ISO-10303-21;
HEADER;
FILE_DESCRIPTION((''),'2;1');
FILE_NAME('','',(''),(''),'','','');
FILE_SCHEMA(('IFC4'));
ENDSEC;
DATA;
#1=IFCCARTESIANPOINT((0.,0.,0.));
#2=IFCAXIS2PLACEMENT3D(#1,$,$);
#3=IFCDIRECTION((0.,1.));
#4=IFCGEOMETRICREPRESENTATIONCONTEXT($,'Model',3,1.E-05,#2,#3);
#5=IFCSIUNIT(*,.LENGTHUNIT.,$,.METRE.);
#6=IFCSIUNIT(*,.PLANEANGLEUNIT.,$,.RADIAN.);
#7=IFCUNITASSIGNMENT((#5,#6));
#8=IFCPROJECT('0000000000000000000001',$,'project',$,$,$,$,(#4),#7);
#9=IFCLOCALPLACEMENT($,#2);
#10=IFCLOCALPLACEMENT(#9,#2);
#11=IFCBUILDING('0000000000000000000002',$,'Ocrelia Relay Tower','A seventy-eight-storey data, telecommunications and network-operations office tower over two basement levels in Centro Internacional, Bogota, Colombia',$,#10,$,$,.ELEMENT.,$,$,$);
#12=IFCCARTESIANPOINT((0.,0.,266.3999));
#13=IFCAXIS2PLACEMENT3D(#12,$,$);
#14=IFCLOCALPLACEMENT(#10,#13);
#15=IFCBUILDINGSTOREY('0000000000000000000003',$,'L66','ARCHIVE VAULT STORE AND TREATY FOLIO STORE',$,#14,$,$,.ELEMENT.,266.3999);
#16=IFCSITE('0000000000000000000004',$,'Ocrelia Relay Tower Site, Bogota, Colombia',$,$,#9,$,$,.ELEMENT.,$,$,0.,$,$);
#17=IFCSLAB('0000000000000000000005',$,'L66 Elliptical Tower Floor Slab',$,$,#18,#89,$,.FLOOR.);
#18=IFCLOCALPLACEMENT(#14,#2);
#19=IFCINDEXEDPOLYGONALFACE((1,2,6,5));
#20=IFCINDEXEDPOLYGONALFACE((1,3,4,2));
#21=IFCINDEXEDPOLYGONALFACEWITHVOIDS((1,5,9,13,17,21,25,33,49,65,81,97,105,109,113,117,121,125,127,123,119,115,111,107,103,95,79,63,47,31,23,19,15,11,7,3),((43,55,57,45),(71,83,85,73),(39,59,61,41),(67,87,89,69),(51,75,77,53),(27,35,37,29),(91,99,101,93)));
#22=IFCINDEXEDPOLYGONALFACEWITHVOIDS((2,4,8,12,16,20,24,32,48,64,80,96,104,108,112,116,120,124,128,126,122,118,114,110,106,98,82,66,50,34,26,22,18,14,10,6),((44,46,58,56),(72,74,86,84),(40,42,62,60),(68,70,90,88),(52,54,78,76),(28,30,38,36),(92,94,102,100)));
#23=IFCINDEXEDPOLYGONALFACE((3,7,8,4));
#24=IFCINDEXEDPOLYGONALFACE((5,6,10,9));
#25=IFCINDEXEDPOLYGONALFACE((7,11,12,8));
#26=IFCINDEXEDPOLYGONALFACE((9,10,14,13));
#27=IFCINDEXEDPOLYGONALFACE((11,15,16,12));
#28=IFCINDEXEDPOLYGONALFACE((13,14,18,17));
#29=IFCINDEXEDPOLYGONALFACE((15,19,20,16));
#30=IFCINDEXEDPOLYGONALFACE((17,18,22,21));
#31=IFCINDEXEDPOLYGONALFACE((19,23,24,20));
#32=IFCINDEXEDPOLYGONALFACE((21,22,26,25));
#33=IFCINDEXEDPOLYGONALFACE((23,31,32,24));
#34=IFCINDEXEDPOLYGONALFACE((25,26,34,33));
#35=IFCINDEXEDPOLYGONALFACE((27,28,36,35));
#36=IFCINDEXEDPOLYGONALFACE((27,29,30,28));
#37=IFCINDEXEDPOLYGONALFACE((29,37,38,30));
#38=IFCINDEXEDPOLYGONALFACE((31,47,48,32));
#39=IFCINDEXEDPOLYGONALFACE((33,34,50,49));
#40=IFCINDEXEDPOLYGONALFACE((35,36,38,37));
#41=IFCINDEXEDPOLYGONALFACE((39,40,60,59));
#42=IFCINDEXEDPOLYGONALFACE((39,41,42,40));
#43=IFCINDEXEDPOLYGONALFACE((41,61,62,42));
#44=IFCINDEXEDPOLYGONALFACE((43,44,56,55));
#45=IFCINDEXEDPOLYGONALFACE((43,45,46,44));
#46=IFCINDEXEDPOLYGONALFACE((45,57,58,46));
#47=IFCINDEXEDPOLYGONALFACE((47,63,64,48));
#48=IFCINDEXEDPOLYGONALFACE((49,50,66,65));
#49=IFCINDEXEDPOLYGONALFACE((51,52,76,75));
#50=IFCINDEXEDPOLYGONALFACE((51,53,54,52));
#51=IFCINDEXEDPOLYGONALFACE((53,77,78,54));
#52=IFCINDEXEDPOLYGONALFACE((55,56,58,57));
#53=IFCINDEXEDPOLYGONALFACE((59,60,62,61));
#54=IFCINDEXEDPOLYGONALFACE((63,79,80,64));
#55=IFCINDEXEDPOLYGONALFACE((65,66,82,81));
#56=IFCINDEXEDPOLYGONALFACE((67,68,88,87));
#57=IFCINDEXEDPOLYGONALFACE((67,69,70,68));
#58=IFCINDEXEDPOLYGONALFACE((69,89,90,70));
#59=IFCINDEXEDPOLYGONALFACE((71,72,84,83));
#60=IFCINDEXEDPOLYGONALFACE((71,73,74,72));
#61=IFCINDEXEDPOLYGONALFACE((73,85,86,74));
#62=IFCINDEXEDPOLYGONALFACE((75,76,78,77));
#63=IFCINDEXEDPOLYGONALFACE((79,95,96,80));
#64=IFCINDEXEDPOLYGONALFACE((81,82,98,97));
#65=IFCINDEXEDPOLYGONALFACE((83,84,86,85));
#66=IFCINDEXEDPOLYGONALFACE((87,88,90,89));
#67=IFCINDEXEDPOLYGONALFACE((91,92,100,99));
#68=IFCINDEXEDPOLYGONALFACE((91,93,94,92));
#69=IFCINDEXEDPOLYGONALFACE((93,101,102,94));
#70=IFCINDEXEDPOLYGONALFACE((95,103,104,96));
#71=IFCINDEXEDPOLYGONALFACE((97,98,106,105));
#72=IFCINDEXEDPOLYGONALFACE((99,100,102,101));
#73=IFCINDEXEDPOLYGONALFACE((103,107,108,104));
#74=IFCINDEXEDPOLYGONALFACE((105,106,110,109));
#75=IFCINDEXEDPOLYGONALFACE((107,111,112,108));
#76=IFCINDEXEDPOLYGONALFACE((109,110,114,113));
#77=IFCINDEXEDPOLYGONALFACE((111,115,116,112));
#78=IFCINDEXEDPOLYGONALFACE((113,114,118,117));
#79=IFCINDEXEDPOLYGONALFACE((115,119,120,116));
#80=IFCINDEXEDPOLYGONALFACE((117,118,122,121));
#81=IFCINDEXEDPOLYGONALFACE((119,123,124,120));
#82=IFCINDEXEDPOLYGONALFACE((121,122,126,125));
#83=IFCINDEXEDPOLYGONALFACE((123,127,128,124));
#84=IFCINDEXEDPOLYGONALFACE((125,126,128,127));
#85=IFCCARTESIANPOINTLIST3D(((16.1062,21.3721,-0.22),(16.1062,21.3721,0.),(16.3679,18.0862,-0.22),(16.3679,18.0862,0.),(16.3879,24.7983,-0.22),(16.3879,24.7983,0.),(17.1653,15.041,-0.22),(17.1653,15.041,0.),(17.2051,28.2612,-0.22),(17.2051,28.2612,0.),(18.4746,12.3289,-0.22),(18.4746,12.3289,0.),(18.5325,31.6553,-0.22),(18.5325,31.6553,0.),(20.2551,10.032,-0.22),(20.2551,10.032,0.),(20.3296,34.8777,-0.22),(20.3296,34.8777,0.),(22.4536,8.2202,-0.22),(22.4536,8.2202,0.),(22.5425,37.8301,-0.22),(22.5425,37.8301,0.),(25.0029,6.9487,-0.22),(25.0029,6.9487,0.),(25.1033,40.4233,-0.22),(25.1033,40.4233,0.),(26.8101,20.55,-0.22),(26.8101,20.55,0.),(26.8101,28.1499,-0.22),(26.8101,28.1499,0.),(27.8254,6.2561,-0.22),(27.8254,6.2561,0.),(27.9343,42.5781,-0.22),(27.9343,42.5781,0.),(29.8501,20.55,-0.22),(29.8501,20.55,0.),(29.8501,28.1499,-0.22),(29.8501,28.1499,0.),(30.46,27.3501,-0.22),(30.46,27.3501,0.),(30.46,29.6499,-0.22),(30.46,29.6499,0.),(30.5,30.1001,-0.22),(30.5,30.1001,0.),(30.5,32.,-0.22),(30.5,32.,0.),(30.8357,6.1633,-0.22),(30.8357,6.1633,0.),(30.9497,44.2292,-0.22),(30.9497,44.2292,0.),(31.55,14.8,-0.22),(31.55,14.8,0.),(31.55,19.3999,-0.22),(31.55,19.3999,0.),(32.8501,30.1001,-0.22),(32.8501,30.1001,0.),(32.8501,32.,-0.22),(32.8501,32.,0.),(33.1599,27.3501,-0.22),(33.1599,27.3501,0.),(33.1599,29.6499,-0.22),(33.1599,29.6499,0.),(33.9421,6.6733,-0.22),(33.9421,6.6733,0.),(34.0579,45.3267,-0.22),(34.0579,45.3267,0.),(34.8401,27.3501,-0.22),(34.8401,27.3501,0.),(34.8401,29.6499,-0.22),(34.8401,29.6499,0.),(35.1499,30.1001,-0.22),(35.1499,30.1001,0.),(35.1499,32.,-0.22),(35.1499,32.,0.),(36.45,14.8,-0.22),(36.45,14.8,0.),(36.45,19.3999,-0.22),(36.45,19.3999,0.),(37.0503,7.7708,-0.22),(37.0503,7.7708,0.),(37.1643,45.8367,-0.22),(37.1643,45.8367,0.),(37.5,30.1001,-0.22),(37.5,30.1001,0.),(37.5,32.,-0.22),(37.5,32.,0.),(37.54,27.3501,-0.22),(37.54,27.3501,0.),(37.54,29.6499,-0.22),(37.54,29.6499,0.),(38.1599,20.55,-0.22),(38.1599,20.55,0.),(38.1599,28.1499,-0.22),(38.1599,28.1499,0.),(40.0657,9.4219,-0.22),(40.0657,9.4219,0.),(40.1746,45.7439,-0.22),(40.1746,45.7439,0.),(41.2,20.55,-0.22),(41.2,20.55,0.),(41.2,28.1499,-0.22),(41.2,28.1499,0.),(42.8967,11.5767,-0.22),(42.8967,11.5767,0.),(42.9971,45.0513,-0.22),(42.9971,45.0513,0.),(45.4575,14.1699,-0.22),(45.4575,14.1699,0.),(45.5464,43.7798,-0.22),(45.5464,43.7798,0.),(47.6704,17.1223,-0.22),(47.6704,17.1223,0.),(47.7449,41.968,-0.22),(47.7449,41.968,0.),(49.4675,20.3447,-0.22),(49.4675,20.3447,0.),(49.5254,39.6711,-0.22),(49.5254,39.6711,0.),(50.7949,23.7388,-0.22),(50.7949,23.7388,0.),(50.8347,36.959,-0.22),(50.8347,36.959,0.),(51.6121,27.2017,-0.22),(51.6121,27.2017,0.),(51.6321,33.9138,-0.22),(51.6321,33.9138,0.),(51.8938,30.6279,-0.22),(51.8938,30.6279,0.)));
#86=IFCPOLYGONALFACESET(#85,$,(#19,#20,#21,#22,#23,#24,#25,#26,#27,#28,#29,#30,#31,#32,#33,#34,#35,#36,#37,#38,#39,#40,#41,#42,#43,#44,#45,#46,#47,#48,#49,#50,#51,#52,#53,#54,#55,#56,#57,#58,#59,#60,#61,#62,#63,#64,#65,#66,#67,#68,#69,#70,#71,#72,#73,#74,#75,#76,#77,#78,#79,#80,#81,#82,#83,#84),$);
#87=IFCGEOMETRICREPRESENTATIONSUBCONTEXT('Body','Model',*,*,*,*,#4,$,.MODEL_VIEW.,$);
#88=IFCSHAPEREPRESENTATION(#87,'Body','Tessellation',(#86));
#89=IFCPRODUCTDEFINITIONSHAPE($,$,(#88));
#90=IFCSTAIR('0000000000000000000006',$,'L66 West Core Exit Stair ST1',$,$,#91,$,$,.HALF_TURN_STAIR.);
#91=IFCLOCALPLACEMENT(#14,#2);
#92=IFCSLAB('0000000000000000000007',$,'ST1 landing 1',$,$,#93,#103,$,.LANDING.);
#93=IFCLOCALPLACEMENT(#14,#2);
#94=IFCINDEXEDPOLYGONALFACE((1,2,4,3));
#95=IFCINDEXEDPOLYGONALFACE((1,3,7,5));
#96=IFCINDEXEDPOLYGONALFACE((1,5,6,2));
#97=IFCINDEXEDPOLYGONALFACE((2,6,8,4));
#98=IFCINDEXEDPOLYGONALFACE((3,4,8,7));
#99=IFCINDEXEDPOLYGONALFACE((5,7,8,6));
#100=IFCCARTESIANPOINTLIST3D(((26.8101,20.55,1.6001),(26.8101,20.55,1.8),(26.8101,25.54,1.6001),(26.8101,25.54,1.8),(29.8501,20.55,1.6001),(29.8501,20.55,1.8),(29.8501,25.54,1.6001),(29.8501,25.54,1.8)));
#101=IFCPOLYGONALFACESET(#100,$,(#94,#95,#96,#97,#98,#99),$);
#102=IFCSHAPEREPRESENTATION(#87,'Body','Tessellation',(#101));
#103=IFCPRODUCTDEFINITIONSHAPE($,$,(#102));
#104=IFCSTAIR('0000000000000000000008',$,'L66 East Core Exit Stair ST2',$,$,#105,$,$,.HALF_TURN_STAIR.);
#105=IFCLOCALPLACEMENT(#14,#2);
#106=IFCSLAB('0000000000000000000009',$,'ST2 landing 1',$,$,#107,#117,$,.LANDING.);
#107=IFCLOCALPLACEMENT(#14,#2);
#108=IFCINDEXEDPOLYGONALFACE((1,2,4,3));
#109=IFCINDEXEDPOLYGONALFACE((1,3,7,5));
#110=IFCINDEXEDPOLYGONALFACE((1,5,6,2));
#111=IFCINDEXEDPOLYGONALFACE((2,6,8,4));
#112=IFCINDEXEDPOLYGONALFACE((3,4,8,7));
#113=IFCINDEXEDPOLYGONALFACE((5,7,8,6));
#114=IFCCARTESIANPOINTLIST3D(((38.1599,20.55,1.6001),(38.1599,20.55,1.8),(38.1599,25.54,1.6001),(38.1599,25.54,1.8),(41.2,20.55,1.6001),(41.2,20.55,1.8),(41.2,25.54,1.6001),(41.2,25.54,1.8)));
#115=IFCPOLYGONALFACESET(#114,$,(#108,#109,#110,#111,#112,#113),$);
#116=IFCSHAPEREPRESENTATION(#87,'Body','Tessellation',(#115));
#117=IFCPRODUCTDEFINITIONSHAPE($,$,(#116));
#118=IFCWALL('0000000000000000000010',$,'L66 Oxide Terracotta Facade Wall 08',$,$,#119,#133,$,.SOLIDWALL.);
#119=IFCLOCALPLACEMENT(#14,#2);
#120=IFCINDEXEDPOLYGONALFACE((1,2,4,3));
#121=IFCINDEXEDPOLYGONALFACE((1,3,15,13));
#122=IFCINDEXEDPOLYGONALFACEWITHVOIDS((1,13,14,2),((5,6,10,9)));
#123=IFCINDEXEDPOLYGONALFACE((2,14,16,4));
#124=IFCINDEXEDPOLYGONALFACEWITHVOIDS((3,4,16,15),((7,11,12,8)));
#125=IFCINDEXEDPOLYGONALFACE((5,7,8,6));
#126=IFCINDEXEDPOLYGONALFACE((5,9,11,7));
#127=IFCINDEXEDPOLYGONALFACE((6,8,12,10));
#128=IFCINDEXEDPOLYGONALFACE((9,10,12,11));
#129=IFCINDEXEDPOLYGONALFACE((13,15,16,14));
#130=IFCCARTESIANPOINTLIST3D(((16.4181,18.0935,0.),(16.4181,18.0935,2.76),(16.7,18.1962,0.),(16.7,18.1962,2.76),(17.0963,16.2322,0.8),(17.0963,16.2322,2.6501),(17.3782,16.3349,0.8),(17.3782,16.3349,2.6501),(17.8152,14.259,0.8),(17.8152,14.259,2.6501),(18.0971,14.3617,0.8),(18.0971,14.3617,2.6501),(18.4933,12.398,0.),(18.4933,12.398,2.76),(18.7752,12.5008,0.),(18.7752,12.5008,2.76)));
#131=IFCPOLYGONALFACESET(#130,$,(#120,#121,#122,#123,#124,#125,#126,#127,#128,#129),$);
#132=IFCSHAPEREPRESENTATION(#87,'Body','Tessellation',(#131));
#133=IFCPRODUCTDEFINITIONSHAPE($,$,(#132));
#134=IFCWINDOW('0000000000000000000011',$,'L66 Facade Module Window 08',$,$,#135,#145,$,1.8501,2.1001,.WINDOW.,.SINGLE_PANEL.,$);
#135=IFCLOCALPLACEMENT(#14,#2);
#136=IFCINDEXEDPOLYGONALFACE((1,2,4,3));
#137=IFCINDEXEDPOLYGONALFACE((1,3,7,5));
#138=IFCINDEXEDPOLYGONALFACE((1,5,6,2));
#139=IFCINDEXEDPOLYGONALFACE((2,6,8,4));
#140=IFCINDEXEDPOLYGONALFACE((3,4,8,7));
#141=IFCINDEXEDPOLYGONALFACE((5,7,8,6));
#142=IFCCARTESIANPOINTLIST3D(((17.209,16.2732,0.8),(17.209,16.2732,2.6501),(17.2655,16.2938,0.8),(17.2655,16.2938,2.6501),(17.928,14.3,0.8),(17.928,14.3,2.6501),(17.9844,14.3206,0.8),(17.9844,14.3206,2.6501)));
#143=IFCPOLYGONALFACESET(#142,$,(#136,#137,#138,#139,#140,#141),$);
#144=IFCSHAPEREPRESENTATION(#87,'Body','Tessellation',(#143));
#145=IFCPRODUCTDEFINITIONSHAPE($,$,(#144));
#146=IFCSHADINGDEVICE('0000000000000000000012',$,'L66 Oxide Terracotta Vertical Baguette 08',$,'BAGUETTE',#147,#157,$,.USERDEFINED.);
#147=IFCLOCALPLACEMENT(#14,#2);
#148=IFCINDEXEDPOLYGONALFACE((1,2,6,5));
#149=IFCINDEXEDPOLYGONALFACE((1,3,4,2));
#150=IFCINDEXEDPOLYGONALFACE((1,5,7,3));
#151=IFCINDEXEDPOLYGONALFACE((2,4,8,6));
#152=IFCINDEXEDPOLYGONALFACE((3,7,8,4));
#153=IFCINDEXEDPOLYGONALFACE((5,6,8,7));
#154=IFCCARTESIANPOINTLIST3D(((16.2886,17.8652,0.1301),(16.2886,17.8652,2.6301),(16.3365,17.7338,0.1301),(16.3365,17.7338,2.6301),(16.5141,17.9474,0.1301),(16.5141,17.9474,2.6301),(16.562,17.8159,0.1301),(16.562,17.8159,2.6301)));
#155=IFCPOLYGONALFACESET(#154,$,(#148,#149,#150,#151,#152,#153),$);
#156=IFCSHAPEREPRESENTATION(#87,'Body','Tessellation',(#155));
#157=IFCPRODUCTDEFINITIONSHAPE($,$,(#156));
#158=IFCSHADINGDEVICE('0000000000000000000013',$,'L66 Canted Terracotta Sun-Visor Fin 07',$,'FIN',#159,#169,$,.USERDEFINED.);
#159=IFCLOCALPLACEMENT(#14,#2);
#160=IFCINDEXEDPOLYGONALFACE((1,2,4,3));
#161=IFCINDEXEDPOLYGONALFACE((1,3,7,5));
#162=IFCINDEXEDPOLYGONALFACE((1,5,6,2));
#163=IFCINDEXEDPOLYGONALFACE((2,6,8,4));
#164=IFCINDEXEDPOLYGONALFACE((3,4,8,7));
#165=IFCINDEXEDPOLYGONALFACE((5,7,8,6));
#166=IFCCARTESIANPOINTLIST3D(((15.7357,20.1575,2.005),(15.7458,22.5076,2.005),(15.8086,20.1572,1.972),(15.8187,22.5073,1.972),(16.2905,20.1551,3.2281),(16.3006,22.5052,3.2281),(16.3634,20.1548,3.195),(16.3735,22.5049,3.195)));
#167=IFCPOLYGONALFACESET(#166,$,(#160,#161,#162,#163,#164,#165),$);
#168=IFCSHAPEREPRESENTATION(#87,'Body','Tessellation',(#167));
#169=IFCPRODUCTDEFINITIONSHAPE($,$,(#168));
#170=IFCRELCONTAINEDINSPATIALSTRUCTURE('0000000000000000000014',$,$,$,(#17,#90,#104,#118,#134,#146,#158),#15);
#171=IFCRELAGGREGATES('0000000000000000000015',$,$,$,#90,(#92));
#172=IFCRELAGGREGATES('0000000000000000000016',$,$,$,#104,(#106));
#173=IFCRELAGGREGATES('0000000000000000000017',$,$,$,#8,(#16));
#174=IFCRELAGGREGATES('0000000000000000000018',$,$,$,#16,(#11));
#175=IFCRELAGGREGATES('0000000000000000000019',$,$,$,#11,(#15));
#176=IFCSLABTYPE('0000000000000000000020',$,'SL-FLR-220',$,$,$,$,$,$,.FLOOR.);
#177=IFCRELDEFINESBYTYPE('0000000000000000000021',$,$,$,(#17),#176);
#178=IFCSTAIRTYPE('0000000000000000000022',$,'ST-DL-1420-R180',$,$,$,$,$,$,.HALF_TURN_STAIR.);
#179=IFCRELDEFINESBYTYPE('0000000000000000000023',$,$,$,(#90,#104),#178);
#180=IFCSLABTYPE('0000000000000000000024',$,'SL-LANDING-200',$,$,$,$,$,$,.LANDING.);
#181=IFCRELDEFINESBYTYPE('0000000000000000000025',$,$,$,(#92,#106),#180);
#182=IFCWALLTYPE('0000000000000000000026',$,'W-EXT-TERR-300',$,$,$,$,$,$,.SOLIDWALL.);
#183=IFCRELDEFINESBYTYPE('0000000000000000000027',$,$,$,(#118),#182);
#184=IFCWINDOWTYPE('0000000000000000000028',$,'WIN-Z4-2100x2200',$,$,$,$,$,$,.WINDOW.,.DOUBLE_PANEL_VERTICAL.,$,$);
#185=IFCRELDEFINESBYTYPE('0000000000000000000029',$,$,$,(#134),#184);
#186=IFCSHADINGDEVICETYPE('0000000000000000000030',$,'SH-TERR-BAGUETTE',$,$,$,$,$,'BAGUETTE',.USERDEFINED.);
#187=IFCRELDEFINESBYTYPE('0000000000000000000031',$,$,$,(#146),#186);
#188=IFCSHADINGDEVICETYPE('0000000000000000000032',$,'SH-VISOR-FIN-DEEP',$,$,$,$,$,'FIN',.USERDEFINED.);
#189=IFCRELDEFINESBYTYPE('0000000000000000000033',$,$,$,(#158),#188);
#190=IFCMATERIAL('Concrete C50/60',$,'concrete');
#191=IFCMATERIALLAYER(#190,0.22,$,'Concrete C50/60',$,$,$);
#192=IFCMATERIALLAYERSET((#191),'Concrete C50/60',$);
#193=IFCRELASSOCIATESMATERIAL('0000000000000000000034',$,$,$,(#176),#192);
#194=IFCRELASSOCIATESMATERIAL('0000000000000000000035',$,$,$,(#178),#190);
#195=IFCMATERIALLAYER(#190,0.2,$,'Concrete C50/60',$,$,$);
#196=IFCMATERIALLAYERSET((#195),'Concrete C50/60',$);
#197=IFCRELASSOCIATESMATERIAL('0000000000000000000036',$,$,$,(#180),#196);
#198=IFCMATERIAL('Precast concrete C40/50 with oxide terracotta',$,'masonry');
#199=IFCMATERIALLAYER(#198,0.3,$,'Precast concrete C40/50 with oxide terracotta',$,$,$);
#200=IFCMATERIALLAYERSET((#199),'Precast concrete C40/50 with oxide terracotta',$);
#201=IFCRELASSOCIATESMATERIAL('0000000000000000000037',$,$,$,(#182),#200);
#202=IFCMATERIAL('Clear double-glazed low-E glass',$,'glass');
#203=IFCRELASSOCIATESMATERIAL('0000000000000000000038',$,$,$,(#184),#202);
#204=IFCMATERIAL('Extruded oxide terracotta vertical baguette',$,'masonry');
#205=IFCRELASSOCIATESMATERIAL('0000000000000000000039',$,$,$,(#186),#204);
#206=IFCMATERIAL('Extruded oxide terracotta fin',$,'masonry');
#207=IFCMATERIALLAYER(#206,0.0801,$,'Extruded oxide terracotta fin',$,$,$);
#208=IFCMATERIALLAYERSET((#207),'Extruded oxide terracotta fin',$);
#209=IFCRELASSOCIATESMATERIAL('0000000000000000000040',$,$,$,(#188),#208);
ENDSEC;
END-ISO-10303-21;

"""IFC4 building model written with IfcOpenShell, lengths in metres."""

from ifc_helpers import new_model, si_unit, direction, frame, frame_2d, origin, origin_2d, place, context, subcontext, project, spatial, polyline, rectangle, outline, extrude, material, layer, layer_set, type_object, element, fill, aggregate, save


model = new_model("IFC4")

# Units and contexts
model_context = context("Model", 3, precision=1e-05, world=origin(), true_north=direction((0.0, 1.0)))
body_context = subcontext(model_context, "Body", "Model", "MODEL_VIEW")
ifc_project = project(units=[si_unit("LENGTHUNIT", "METRE"), si_unit("PLANEANGLEUNIT", "RADIAN")], contexts=[model_context])

# Site, building, storey
site_placement = place(None, origin())
site = spatial("IfcSite", under=ifc_project, at=site_placement, Name="Ocrelia Relay Tower Site, Bogota, Colombia", CompositionType="ELEMENT", RefElevation=0.0)
building_placement = place(site_placement, origin())
building = spatial("IfcBuilding", under=site, at=building_placement, Name="Ocrelia Relay Tower", Description="A seventy-eight-storey data, telecommunications and network-operations office tower over two basement levels in Centro Internacional, Bogota, Colombia", CompositionType="ELEMENT")
storey_placement = place(building_placement, frame((0.0, 0.0, 266.3999)))
storey = spatial("IfcBuildingStorey", under=building, at=storey_placement, Name="L66", Description="ARCHIVE VAULT STORE AND TREATY FOLIO STORE", CompositionType="ELEMENT", Elevation=266.3999)

# Shared definitions
ifc_material_1 = material(Name="Concrete C50/60", Category="concrete")

# Shared definitions
ifc_material_2 = material(Name="Clear double-glazed low-E glass", Category="glass")

# Slab
ifc_layer_1 = layer(ifc_material_1, 0.22, Name="Concrete C50/60")
ifc_layer_set_1 = layer_set([ifc_layer_1], Name="Concrete C50/60")
slab_type_1 = type_object("IfcSlabType", Name="SL-FLR-220", PredefinedType="FLOOR", material=ifc_layer_set_1)
slab_1_placement = place(storey_placement, frame((0.0, 0.0, -0.22)))
element("IfcSlab", 1, at=slab_1_placement, inside=storey, type_object=slab_type_1, Name="L66 Elliptical Tower Floor Slab", PredefinedType="FLOOR", context=body_context, shape_type="SweptSolid", body=[
    extrude(outline(polyline([(45.5464, 43.7798), (42.9971, 45.0513), (40.1746, 45.7439), (37.1643, 45.8367), (34.0579, 45.3267), (30.9497, 44.2292), (27.9343, 42.5781), (25.1033, 40.4233), (22.5425, 37.8301), (20.3296, 34.8777), (18.5325, 31.6553), (17.2051, 28.2612), (16.3879, 24.7983), (16.1062, 21.3721), (16.3679, 18.0862), (17.1653, 15.041), (18.4746, 12.3289), (20.2551, 10.032), (22.4536, 8.2202), (25.0029, 6.9487), (27.8254, 6.2561), (30.8357, 6.1633), (33.9421, 6.6733), (37.0503, 7.7708), (40.0657, 9.4219), (42.8967, 11.5767), (45.4575, 14.1699), (47.6704, 17.1223), (49.4675, 20.3447), (50.7949, 23.7388), (51.6121, 27.2017), (51.8938, 30.6279), (51.6321, 33.9138), (50.8347, 36.959), (49.5254, 39.6711), (47.7449, 41.968), (45.5464, 43.7798)]), holes=[polyline([(26.8101, 28.1499), (26.8101, 20.55), (29.8501, 20.55), (29.8501, 28.1499), (26.8101, 28.1499)]), polyline([(38.1599, 28.1499), (38.1599, 20.55), (41.2, 20.55), (41.2, 28.1499), (38.1599, 28.1499)]), polyline([(30.46, 27.3501), (33.1599, 27.3501), (33.1599, 29.6499), (30.46, 29.6499), (30.46, 27.3501)]), polyline([(34.8401, 27.3501), (37.54, 27.3501), (37.54, 29.6499), (34.8401, 29.6499), (34.8401, 27.3501)]), polyline([(30.5, 30.1001), (32.8501, 30.1001), (32.8501, 32.0), (30.5, 32.0), (30.5, 30.1001)]), polyline([(35.1499, 30.1001), (37.5, 30.1001), (37.5, 32.0), (35.1499, 32.0), (35.1499, 30.1001)]), polyline([(31.55, 14.8), (36.45, 14.8), (36.45, 19.3999), (31.55, 19.3999), (31.55, 14.8)])]), origin(), (0.0, 0.0, 1.0), 0.22),
])

# Stairs, slabs
stair_type = type_object("IfcStairType", Name="ST-DL-1420-R180", PredefinedType="HALF_TURN_STAIR", material=ifc_material_1)
stair_1_placement = place(storey_placement, origin())
stair_1 = element("IfcStair", 2, at=stair_1_placement, inside=storey, type_object=stair_type, Name="L66 West Core Exit Stair ST1", PredefinedType="HALF_TURN_STAIR")
ifc_layer_2 = layer(ifc_material_1, 0.2, Name="Concrete C50/60")
ifc_layer_set_2 = layer_set([ifc_layer_2], Name="Concrete C50/60")
slab_type_2 = type_object("IfcSlabType", Name="SL-LANDING-200", PredefinedType="LANDING", material=ifc_layer_set_2)
slab_2_placement = place(storey_placement, frame((0.0, 0.0, 1.6001)))
slab_2 = element("IfcSlab", 3, at=slab_2_placement, type_object=slab_type_2, Name="ST1 landing 1", PredefinedType="LANDING", context=body_context, shape_type="SweptSolid", body=[
    extrude(outline(polyline([(26.8101, 25.54), (26.8101, 20.55), (29.8501, 20.55), (29.8501, 25.54), (26.8101, 25.54)])), origin(), (0.0, 0.0, 1.0), 0.2),
])
aggregate(stair_1, [slab_2])
stair_2_placement = place(storey_placement, origin())
stair_2 = element("IfcStair", 4, at=stair_2_placement, inside=storey, type_object=stair_type, Name="L66 East Core Exit Stair ST2", PredefinedType="HALF_TURN_STAIR")
slab_3_placement = place(storey_placement, frame((0.0, 0.0, 1.6001)))
slab_3 = element("IfcSlab", 5, at=slab_3_placement, type_object=slab_type_2, Name="ST2 landing 1", PredefinedType="LANDING", context=body_context, shape_type="SweptSolid", body=[
    extrude(outline(polyline([(38.1599, 25.54), (38.1599, 20.55), (41.2, 20.55), (41.2, 25.54), (38.1599, 25.54)])), origin(), (0.0, 0.0, 1.0), 0.2),
])
aggregate(stair_2, [slab_3])

# Wall, opening, window
ifc_material_3 = material(Name="Precast concrete C40/50 with oxide terracotta", Category="masonry")
ifc_layer_3 = layer(ifc_material_3, 0.3, Name="Precast concrete C40/50 with oxide terracotta")
ifc_layer_set_3 = layer_set([ifc_layer_3], Name="Precast concrete C40/50 with oxide terracotta")
wall_type_1 = type_object("IfcWallType", Name="W-EXT-TERR-300", PredefinedType="SOLIDWALL", material=ifc_layer_set_3)
wall_1_placement = place(storey_placement, frame((16.5591, 18.1448, 0.0), z_axis=(0.0, 0.0, 1.0), x_axis=(0.342338, -0.939577, 0.0)))
wall_1 = element("IfcWall", 6, at=wall_1_placement, inside=storey, type_object=wall_type_1, Name="L66 Oxide Terracotta Facade Wall 08", PredefinedType="SOLIDWALL", context=body_context, shape_type="SweptSolid", body=[
    extrude(rectangle(XDim=6.0618, YDim=0.3, at=frame_2d((3.0308, 0.0))), origin(), (0.0, 0.0, 1.0), 2.76),
])
opening_1_placement = place(wall_1_placement, frame((1.981, 0.0, 0.8)))
opening_1 = element("IfcOpeningElement", 7, at=opening_1_placement, cuts=wall_1, PredefinedType="OPENING", context=body_context, shape_type="SweptSolid", body=[
    extrude(rectangle(XDim=2.1001, YDim=1.8501, at=frame_2d((1.05, 0.925))), frame((0.0, 0.1602, 0.0), z_axis=(0.0, -1.0, 0.0), x_axis=(1.0, 0.0, 0.0)), (0.0, 0.0, 1.0), 0.3201),
])
window_type = type_object("IfcWindowType", Name="WIN-Z4-2100x2200", PartitioningType="DOUBLE_PANEL_VERTICAL", PredefinedType="WINDOW", material=ifc_material_2)
window_placement = place(opening_1_placement, origin())
window = element("IfcWindow", 8, at=window_placement, inside=storey, type_object=window_type, Name="L66 Facade Module Window 08", OverallHeight=1.8501, OverallWidth=2.1001, PartitioningType="SINGLE_PANEL", PredefinedType="WINDOW", context=body_context, shape_type="SweptSolid", body=[
    extrude(rectangle(XDim=2.1001, YDim=1.8501, at=frame_2d((1.05, 0.925))), frame((0.0, 0.03, 0.0), z_axis=(0.0, -1.0, 0.0), x_axis=(1.0, 0.0, 0.0)), (0.0, 0.0, 1.0), 0.0601),
])
fill(opening_1, window)

# Shading devices
ifc_material_4 = material(Name="Extruded oxide terracotta vertical baguette", Category="masonry")
shading_device_type_1 = type_object("IfcShadingDeviceType", Name="SH-TERR-BAGUETTE", ElementType="BAGUETTE", PredefinedType="USERDEFINED", material=ifc_material_4)
shading_device_1_placement = place(storey_placement, frame((16.4253, 17.8406, 0.1301), z_axis=(0.0, 0.0, 1.0), x_axis=(0.342317, -0.939585, 0.0)))
element("IfcShadingDevice", 9, at=shading_device_1_placement, inside=storey, type_object=shading_device_type_1, Name="L66 Oxide Terracotta Vertical Baguette 08", ObjectType="BAGUETTE", PredefinedType="USERDEFINED", context=body_context, shape_type="SweptSolid", body=[
    extrude(rectangle(XDim=0.1399, YDim=0.24, at=origin_2d()), origin(), (0.0, 0.0, 1.0), 2.5),
])
ifc_material_5 = material(Name="Extruded oxide terracotta fin", Category="masonry")
ifc_layer_4 = layer(ifc_material_5, 0.0801, Name="Extruded oxide terracotta fin")
ifc_layer_set_4 = layer_set([ifc_layer_4], Name="Extruded oxide terracotta fin")
shading_device_type_2 = type_object("IfcShadingDeviceType", Name="SH-VISOR-FIN-DEEP", ElementType="FIN", PredefinedType="USERDEFINED", material=ifc_layer_set_4)
shading_device_2_placement = place(storey_placement, frame((16.0911, 21.3311, 2.5835), z_axis=(-0.910675, 0.003921, 0.413104), x_axis=(-0.004305, -0.999991, 0.0)))
element("IfcShadingDevice", 10, at=shading_device_2_placement, inside=storey, type_object=shading_device_type_2, Name="L66 Canted Terracotta Sun-Visor Fin 07", ObjectType="FIN", PredefinedType="USERDEFINED", context=body_context, shape_type="SweptSolid", body=[
    extrude(rectangle(XDim=2.3501, YDim=1.343, at=origin_2d()), origin(), (0.0, 0.0, 1.0), 0.0801),
])

save(model, "model.ifc")
